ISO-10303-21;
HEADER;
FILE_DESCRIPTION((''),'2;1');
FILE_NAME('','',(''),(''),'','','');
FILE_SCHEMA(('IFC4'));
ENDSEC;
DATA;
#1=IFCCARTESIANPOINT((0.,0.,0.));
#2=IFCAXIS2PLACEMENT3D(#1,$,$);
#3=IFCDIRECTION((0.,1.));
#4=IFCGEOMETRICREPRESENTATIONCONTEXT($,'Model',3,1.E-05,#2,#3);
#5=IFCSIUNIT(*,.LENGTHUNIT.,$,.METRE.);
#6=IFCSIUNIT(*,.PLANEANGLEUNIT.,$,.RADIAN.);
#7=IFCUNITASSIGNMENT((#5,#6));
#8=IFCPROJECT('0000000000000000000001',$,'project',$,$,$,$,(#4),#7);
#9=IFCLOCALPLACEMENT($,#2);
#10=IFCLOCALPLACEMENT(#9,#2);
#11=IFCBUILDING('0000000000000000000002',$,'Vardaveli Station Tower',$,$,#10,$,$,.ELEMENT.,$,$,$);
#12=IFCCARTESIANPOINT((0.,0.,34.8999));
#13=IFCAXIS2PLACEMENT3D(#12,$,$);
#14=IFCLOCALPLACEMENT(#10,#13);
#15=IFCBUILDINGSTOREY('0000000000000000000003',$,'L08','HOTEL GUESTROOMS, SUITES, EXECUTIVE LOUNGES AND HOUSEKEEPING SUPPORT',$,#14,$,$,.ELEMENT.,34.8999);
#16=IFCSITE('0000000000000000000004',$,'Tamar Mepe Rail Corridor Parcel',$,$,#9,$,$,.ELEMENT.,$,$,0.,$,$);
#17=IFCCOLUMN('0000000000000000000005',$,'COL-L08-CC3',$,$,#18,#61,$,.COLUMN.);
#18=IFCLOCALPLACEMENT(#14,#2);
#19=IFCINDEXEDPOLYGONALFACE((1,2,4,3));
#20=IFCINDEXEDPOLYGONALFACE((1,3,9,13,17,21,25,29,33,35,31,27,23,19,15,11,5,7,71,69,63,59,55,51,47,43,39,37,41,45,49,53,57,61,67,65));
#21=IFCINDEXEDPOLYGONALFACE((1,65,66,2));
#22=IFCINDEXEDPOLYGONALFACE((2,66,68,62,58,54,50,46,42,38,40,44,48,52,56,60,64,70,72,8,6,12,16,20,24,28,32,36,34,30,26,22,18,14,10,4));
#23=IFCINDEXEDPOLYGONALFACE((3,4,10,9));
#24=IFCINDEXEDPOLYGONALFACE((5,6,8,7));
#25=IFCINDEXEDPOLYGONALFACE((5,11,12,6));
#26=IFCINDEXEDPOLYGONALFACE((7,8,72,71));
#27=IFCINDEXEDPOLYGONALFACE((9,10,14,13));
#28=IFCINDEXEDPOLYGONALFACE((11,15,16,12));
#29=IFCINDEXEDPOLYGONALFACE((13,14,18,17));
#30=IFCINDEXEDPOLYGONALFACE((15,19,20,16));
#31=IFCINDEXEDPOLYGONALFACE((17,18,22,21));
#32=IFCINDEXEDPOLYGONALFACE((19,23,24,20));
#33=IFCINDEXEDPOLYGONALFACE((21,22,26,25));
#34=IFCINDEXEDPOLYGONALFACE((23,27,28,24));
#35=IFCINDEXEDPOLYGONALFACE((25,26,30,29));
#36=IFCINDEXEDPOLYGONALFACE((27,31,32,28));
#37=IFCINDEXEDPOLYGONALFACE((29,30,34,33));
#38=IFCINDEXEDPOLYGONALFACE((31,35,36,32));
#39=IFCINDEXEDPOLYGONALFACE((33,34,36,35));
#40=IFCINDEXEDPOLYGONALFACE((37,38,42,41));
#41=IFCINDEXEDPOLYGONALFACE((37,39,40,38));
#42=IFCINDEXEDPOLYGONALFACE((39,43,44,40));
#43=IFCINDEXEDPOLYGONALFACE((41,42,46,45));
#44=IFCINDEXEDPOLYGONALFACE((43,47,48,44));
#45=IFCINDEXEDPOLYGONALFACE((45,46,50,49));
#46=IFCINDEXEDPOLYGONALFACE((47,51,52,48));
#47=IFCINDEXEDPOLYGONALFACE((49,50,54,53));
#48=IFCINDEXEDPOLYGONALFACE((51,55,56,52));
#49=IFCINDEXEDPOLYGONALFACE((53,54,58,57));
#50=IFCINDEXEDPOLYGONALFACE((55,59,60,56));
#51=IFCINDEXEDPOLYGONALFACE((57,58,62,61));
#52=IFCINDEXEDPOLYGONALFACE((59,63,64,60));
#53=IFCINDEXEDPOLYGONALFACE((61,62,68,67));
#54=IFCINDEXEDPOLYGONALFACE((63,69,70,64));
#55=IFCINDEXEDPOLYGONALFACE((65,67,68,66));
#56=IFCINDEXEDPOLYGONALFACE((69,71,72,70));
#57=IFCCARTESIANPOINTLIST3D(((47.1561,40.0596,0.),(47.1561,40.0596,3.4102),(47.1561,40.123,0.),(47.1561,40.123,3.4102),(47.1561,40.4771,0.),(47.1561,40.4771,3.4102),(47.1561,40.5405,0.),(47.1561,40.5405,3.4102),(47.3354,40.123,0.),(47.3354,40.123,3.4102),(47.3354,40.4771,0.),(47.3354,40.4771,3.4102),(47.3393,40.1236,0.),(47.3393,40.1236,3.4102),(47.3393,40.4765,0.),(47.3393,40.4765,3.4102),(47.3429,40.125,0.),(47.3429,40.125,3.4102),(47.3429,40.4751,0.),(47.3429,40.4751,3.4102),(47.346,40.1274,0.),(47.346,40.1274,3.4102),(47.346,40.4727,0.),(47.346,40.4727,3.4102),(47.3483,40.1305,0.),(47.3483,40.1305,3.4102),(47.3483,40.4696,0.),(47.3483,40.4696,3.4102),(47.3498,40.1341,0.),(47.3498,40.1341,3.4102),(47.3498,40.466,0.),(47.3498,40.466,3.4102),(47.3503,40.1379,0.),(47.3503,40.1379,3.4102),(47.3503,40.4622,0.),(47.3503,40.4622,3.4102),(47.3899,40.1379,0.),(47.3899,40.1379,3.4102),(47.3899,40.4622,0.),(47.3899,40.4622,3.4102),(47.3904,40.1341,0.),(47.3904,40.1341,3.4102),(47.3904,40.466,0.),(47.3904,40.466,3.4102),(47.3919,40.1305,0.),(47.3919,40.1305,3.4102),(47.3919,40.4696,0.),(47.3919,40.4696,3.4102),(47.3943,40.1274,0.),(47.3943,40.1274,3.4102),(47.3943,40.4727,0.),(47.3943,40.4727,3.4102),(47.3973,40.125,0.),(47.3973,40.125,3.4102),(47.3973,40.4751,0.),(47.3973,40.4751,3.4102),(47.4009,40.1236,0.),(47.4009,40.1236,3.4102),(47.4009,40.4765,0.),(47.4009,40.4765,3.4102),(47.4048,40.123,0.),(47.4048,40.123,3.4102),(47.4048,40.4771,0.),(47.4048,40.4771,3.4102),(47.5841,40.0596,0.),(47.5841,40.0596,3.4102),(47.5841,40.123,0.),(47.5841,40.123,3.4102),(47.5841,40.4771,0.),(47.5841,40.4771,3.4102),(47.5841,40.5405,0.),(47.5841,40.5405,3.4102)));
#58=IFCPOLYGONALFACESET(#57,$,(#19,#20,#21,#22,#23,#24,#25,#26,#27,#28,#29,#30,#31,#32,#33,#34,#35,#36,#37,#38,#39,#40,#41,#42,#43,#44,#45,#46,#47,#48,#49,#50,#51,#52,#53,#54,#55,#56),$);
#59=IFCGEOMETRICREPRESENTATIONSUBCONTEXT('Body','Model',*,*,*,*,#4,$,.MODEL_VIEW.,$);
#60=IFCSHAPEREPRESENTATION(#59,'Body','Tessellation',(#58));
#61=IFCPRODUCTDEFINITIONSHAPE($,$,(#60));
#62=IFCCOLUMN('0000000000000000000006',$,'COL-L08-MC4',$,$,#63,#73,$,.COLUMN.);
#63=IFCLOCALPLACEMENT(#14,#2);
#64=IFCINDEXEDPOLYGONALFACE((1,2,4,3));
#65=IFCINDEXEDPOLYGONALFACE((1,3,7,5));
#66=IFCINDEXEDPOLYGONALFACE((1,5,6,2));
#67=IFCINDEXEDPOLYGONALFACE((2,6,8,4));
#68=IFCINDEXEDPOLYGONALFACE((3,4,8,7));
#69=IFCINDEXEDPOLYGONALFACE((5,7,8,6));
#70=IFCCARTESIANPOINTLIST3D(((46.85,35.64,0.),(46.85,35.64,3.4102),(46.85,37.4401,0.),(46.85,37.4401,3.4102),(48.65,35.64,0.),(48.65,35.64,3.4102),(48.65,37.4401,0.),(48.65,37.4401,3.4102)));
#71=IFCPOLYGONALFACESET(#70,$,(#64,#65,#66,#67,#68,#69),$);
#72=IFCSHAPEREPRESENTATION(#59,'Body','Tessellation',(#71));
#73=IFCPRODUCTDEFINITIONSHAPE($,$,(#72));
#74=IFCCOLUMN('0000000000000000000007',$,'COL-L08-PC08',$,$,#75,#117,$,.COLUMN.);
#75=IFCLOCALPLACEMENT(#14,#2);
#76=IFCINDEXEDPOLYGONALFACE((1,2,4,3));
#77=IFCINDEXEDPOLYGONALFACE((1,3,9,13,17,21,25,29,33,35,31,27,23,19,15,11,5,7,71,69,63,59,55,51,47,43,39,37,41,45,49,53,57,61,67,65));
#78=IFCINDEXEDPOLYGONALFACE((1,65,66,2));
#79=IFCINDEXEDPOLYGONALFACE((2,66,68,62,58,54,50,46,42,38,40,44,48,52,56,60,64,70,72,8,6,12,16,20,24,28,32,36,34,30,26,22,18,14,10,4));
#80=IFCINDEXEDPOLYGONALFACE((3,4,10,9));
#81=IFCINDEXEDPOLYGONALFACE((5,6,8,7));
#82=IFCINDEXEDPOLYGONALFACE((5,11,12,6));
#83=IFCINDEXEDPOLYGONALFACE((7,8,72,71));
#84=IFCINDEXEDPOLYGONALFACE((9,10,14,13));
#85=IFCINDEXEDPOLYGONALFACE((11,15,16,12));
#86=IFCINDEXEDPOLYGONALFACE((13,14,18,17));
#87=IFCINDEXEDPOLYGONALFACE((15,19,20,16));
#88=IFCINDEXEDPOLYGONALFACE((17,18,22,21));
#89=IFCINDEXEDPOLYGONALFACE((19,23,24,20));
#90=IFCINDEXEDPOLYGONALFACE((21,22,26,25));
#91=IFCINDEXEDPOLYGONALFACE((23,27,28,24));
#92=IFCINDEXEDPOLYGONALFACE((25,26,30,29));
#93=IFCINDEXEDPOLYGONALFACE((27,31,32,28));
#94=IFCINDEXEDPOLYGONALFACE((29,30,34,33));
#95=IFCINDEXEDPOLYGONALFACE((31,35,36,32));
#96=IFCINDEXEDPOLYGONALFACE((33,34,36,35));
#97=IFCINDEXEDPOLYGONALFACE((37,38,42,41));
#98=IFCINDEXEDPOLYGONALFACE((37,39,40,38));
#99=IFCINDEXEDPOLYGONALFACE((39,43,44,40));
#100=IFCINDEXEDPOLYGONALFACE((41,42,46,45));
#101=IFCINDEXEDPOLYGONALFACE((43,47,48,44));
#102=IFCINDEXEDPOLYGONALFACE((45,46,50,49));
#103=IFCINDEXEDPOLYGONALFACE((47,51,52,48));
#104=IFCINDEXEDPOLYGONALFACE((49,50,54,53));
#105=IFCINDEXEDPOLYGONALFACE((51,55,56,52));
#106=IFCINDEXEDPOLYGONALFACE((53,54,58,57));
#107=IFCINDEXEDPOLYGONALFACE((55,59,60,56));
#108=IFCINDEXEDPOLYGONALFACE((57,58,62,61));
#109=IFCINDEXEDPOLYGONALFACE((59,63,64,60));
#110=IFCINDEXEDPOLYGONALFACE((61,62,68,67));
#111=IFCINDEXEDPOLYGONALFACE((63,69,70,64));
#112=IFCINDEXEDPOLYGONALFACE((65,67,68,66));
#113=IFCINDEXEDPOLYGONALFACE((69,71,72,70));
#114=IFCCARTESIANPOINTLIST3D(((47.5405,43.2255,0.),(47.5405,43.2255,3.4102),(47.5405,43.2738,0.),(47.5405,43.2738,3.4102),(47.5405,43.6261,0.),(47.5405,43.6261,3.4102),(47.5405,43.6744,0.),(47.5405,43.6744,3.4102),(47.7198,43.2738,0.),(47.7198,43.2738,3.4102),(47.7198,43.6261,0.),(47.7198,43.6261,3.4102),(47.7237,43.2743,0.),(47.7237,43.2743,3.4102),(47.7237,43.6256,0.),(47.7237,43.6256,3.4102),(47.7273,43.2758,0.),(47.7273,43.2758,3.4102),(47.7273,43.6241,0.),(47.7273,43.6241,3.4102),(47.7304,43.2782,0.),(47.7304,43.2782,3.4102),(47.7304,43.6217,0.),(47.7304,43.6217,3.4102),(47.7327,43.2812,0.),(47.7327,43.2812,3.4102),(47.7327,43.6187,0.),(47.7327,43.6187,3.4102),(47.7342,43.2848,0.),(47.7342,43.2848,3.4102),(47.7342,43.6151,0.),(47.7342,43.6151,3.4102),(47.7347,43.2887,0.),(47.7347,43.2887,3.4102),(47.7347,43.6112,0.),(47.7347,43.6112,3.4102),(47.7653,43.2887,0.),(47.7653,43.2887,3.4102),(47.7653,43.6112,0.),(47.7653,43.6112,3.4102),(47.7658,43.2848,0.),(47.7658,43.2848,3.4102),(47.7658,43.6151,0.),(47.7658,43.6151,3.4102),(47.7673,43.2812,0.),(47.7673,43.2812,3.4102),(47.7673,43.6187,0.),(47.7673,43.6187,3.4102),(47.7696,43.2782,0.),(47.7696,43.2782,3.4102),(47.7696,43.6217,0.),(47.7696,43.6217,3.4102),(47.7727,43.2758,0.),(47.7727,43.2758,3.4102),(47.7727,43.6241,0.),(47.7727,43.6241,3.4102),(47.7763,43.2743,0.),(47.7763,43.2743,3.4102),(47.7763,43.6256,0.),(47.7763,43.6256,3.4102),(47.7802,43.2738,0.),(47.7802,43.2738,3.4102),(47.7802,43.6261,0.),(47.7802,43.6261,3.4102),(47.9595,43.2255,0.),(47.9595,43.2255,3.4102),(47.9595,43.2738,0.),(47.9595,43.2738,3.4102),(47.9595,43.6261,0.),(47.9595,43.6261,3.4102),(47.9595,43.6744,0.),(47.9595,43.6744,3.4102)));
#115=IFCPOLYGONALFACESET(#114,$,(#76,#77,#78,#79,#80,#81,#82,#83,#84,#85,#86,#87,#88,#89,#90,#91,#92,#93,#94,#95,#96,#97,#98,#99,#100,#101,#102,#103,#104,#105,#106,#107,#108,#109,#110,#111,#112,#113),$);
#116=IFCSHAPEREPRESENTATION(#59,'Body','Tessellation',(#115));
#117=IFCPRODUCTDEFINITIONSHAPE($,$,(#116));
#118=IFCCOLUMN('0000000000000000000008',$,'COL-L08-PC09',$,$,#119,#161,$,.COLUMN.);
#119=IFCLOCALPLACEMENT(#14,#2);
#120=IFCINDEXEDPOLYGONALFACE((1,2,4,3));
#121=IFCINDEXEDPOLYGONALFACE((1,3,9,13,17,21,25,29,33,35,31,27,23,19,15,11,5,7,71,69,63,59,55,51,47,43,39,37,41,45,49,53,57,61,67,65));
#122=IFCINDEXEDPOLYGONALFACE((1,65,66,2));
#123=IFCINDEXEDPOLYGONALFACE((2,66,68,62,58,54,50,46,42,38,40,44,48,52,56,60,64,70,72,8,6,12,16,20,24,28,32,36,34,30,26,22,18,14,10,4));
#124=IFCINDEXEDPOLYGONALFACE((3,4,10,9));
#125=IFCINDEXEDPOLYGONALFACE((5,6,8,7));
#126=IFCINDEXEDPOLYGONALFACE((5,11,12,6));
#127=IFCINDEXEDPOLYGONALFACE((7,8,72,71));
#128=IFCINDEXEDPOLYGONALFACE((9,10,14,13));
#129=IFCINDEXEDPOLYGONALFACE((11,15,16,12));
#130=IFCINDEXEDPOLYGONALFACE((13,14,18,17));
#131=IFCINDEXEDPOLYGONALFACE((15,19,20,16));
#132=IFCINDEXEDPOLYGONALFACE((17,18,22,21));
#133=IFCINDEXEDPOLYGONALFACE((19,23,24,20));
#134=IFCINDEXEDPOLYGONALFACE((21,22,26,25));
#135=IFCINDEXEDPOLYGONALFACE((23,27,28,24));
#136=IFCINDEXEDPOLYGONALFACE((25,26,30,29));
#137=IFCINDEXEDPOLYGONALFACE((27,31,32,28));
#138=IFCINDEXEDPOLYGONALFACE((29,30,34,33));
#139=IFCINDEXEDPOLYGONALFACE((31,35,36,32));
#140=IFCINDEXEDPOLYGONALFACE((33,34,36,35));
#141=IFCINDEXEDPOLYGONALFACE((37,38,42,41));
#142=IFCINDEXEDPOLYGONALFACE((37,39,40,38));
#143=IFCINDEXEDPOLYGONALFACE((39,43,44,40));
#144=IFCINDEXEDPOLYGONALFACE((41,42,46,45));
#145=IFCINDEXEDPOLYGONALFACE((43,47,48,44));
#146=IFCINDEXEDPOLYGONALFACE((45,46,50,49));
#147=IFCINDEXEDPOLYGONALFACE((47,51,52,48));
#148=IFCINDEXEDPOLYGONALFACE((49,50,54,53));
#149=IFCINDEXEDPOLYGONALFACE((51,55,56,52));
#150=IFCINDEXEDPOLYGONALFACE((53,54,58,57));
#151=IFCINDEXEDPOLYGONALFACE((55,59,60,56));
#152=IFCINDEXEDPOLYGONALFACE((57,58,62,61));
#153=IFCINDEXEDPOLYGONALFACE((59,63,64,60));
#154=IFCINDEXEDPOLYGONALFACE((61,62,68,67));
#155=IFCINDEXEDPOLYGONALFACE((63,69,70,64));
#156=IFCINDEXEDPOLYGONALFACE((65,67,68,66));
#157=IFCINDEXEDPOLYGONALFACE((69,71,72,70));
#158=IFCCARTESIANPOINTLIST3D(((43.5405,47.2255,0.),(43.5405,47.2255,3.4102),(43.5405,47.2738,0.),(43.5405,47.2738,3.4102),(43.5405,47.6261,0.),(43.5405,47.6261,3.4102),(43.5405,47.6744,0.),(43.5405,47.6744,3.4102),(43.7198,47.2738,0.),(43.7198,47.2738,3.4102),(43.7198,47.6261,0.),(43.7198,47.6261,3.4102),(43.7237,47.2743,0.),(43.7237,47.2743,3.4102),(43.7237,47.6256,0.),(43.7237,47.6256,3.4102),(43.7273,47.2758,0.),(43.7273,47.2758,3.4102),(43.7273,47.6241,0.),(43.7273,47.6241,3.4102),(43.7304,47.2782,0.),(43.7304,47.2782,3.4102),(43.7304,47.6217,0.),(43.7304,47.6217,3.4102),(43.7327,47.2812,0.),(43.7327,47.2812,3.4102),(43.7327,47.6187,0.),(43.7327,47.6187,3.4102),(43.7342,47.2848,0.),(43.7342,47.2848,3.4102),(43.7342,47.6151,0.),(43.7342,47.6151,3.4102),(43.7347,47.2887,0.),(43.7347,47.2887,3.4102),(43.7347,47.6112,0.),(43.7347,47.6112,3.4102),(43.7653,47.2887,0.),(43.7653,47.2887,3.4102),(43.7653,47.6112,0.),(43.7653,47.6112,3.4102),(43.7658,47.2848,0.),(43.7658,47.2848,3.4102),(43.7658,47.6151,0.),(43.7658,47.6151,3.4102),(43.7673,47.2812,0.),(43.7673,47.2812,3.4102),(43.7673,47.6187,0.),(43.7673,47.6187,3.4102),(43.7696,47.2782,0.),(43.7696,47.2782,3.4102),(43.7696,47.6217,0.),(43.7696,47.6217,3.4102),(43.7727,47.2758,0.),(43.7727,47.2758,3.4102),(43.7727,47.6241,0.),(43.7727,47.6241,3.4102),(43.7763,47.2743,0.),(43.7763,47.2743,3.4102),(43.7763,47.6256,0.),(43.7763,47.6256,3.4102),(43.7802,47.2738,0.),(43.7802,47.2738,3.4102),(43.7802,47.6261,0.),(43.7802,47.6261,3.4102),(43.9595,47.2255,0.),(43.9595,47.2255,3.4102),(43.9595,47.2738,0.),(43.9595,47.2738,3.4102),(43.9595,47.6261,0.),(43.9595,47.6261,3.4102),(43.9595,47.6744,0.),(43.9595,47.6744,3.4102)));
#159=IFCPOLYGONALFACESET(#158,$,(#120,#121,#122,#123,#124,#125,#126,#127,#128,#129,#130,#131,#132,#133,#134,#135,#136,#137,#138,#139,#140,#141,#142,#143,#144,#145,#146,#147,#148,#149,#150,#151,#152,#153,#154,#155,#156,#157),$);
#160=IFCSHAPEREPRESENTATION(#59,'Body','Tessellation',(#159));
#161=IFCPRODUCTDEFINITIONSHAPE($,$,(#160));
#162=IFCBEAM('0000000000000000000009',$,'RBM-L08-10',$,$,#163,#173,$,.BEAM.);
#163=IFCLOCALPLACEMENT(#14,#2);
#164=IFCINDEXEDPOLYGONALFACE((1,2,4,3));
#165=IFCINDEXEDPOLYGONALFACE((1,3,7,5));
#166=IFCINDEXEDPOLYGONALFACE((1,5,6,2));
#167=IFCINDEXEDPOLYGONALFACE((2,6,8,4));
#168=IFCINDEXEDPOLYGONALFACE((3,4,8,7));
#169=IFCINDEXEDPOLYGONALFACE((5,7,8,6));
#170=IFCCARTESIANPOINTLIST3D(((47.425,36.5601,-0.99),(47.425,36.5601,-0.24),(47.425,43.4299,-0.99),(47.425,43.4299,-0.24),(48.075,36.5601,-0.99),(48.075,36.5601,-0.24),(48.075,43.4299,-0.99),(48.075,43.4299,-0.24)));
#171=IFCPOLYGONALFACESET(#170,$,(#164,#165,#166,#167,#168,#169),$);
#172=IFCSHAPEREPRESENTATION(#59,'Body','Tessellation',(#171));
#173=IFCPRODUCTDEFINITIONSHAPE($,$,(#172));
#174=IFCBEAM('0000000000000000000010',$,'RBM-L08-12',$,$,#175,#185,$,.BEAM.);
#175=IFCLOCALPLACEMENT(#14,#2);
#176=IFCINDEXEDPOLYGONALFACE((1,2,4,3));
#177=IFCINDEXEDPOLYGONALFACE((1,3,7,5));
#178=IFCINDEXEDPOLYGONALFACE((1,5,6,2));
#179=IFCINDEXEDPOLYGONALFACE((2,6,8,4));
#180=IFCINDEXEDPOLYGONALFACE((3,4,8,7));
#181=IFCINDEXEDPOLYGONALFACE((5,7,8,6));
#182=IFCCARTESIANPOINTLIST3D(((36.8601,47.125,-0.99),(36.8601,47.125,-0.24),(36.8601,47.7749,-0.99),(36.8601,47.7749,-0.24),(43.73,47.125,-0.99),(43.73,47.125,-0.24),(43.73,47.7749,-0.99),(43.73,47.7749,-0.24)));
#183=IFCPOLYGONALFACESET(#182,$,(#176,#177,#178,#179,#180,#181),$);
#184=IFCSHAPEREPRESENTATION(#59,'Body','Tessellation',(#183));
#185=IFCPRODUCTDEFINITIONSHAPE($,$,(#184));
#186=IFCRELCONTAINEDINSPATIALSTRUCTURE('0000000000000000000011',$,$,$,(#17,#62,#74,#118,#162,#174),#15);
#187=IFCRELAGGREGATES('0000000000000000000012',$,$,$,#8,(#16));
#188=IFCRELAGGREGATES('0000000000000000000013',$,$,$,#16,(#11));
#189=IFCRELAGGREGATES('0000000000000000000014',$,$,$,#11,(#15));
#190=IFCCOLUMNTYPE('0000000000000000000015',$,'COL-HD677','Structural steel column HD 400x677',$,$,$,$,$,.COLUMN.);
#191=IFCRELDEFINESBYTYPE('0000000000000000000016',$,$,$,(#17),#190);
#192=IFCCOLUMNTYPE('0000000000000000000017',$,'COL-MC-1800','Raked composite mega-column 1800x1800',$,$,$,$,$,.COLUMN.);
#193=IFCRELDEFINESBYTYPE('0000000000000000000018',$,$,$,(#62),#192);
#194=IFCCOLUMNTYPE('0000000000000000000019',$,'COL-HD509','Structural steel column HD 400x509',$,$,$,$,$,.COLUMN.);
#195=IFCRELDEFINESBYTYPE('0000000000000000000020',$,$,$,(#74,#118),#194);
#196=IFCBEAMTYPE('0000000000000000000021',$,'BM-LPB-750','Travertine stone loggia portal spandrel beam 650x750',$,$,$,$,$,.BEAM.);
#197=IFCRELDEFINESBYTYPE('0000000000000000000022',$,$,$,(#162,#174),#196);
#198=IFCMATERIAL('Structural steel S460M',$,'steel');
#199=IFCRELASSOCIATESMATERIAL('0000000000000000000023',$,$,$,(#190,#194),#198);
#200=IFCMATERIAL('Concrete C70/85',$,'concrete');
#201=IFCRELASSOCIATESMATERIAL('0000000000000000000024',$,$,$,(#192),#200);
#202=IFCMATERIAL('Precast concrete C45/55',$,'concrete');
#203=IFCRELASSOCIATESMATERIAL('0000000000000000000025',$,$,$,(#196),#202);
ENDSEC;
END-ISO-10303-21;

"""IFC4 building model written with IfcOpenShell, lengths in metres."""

from ifc_helpers import new_model, si_unit, direction, frame, origin, origin_2d, place, context, subcontext, project, spatial, rectangle, i_section, extrude, source, transform, mapped, material, material_profile, profile_set, type_object, element, save


model = new_model("IFC4")

# Units and contexts
model_context = context("Model", 3, precision=1e-05, world=origin(), true_north=direction((0.0, 1.0)))
body_context = subcontext(model_context, "Body", "Model", "MODEL_VIEW")
ifc_project = project(units=[si_unit("LENGTHUNIT", "METRE"), si_unit("PLANEANGLEUNIT", "RADIAN")], contexts=[model_context])

# Site, building, storey
site_placement = place(None, origin())
site = spatial("IfcSite", under=ifc_project, at=site_placement, Name="Tamar Mepe Rail Corridor Parcel", CompositionType="ELEMENT", RefElevation=0.0)
building_placement = place(site_placement, origin())
building = spatial("IfcBuilding", under=site, at=building_placement, Name="Vardaveli Station Tower", CompositionType="ELEMENT")
storey_placement = place(building_placement, frame((0.0, 0.0, 34.8999)))
storey = spatial("IfcBuildingStorey", under=building, at=storey_placement, Name="L08", Description="HOTEL GUESTROOMS, SUITES, EXECUTIVE LOUNGES AND HOUSEKEEPING SUPPORT", CompositionType="ELEMENT", Elevation=34.8999)

# Columns
ifc_material_1 = material(Name="Structural steel S460M", Category="steel")
ifc_material_profile_1 = material_profile(ifc_material_1, i_section(OverallWidth=0.428, OverallDepth=0.481, WebThickness=0.0396, FlangeThickness=0.0635, FilletRadius=0.0149, at=origin_2d()), Name="HD 400x677")
ifc_profile_set_1 = profile_set([ifc_material_profile_1], Name="Structural steel S460M")
column_type_1 = type_object("IfcColumnType", Name="COL-HD677", Description="Structural steel column HD 400x677", PredefinedType="COLUMN", material=ifc_profile_set_1)
shared_shape_1 = source(origin(), body_context, "Body", "SweptSolid", [
    extrude(i_section(OverallWidth=0.428, OverallDepth=0.481, WebThickness=0.0396, FlangeThickness=0.0635, FilletRadius=0.0149, at=origin_2d()), origin(), (0.0, 0.0, 1.0), 3.4102),
])
column_1_placement = place(storey_placement, frame((47.3701, 40.3, 0.0), z_axis=(0.0, 0.0, 1.0), x_axis=(1.0, 0.0, 0.0)))
element("IfcColumn", 1, at=column_1_placement, inside=storey, type_object=column_type_1, Name="COL-L08-CC3", PredefinedType="COLUMN", context=body_context, shape_type="MappedRepresentation", body=[
    mapped(shared_shape_1, transform((0.0, 0.0, 0.0), scale=1.0)),
])
ifc_material_2 = material(Name="Concrete C70/85", Category="concrete")
ifc_material_profile_2 = material_profile(ifc_material_2, rectangle(XDim=1.8, YDim=1.8, at=origin_2d()), Name="MC 1800x1800")
ifc_profile_set_2 = profile_set([ifc_material_profile_2], Name="Concrete C70/85")
column_type_2 = type_object("IfcColumnType", Name="COL-MC-1800", Description="Raked composite mega-column 1800x1800", PredefinedType="COLUMN", material=ifc_profile_set_2)
shared_shape_2 = source(origin(), body_context, "Body", "SweptSolid", [
    extrude(rectangle(XDim=1.8, YDim=1.8, at=origin_2d()), origin(), (0.0, 0.0, 1.0), 3.4102),
])
column_2_placement = place(storey_placement, frame((47.75, 36.54, 0.0), z_axis=(0.0, 0.0, 1.0), x_axis=(1.0, 0.0, 0.0)))
element("IfcColumn", 2, at=column_2_placement, inside=storey, type_object=column_type_2, Name="COL-L08-MC4", PredefinedType="COLUMN", context=body_context, shape_type="MappedRepresentation", body=[
    mapped(shared_shape_2, transform((0.0, 0.0, 0.0), scale=1.0)),
])
ifc_material_profile_3 = material_profile(ifc_material_1, i_section(OverallWidth=0.4189, OverallDepth=0.449, WebThickness=0.0305, FlangeThickness=0.0483, FilletRadius=0.0149, at=origin_2d()), Name="HD 400x509")
ifc_profile_set_3 = profile_set([ifc_material_profile_3], Name="Structural steel S460M")
column_type_3 = type_object("IfcColumnType", Name="COL-HD509", Description="Structural steel column HD 400x509", PredefinedType="COLUMN", material=ifc_profile_set_3)
shared_shape_3 = source(origin(), body_context, "Body", "SweptSolid", [
    extrude(i_section(OverallWidth=0.4189, OverallDepth=0.449, WebThickness=0.0305, FlangeThickness=0.0483, FilletRadius=0.0149, at=origin_2d()), origin(), (0.0, 0.0, 1.0), 3.4102),
])
for number, where, z_axis, x_axis, name in (
    (3, (47.75, 43.45, 0.0), (0.0, 0.0, 1.0), (1.0, 0.0, 0.0), "COL-L08-PC08"),
    (4, (43.75, 47.45, 0.0), (0.0, 0.0, 1.0), (1.0, 0.0, 0.0), "COL-L08-PC09"),
):
    element("IfcColumn", number, at=place(storey_placement, frame(where, z_axis=z_axis, x_axis=x_axis)), inside=storey, type_object=column_type_3, Name=name, PredefinedType="COLUMN", context=body_context, shape_type="MappedRepresentation", body=[
        mapped(shared_shape_3, transform((0.0, 0.0, 0.0), scale=1.0)),
    ])

# Beams
ifc_material_3 = material(Name="Precast concrete C45/55", Category="concrete")
ifc_material_profile_4 = material_profile(ifc_material_3, rectangle(XDim=0.6499, YDim=0.75, at=origin_2d()), Name="LPB 650x750")
ifc_profile_set_4 = profile_set([ifc_material_profile_4], Name="Precast concrete C45/55")
beam_type = type_object("IfcBeamType", Name="BM-LPB-750", Description="Travertine stone loggia portal spandrel beam 650x750", PredefinedType="BEAM", material=ifc_profile_set_4)
shared_shape_4 = source(origin(), body_context, "Body", "SweptSolid", [
    extrude(rectangle(XDim=0.6499, YDim=0.75, at=origin_2d()), origin(), (0.0, 0.0, 1.0), 6.8699),
])
for number, where, z_axis, x_axis, name in (
    (5, (47.75, 36.5601, -0.615), (0.0, 1.0, 0.0), (-1.0, 0.0, 0.0), "RBM-L08-10"),
    (6, (43.73, 47.45, -0.615), (-1.0, 0.0, 0.0), (0.0, -1.0, 0.0), "RBM-L08-12"),
):
    element("IfcBeam", number, at=place(storey_placement, frame(where, z_axis=z_axis, x_axis=x_axis)), inside=storey, type_object=beam_type, Name=name, PredefinedType="BEAM", context=body_context, shape_type="MappedRepresentation", body=[
        mapped(shared_shape_4, transform((0.0, 0.0, 0.0), scale=1.0)),
    ])

save(model, "model.ifc")
